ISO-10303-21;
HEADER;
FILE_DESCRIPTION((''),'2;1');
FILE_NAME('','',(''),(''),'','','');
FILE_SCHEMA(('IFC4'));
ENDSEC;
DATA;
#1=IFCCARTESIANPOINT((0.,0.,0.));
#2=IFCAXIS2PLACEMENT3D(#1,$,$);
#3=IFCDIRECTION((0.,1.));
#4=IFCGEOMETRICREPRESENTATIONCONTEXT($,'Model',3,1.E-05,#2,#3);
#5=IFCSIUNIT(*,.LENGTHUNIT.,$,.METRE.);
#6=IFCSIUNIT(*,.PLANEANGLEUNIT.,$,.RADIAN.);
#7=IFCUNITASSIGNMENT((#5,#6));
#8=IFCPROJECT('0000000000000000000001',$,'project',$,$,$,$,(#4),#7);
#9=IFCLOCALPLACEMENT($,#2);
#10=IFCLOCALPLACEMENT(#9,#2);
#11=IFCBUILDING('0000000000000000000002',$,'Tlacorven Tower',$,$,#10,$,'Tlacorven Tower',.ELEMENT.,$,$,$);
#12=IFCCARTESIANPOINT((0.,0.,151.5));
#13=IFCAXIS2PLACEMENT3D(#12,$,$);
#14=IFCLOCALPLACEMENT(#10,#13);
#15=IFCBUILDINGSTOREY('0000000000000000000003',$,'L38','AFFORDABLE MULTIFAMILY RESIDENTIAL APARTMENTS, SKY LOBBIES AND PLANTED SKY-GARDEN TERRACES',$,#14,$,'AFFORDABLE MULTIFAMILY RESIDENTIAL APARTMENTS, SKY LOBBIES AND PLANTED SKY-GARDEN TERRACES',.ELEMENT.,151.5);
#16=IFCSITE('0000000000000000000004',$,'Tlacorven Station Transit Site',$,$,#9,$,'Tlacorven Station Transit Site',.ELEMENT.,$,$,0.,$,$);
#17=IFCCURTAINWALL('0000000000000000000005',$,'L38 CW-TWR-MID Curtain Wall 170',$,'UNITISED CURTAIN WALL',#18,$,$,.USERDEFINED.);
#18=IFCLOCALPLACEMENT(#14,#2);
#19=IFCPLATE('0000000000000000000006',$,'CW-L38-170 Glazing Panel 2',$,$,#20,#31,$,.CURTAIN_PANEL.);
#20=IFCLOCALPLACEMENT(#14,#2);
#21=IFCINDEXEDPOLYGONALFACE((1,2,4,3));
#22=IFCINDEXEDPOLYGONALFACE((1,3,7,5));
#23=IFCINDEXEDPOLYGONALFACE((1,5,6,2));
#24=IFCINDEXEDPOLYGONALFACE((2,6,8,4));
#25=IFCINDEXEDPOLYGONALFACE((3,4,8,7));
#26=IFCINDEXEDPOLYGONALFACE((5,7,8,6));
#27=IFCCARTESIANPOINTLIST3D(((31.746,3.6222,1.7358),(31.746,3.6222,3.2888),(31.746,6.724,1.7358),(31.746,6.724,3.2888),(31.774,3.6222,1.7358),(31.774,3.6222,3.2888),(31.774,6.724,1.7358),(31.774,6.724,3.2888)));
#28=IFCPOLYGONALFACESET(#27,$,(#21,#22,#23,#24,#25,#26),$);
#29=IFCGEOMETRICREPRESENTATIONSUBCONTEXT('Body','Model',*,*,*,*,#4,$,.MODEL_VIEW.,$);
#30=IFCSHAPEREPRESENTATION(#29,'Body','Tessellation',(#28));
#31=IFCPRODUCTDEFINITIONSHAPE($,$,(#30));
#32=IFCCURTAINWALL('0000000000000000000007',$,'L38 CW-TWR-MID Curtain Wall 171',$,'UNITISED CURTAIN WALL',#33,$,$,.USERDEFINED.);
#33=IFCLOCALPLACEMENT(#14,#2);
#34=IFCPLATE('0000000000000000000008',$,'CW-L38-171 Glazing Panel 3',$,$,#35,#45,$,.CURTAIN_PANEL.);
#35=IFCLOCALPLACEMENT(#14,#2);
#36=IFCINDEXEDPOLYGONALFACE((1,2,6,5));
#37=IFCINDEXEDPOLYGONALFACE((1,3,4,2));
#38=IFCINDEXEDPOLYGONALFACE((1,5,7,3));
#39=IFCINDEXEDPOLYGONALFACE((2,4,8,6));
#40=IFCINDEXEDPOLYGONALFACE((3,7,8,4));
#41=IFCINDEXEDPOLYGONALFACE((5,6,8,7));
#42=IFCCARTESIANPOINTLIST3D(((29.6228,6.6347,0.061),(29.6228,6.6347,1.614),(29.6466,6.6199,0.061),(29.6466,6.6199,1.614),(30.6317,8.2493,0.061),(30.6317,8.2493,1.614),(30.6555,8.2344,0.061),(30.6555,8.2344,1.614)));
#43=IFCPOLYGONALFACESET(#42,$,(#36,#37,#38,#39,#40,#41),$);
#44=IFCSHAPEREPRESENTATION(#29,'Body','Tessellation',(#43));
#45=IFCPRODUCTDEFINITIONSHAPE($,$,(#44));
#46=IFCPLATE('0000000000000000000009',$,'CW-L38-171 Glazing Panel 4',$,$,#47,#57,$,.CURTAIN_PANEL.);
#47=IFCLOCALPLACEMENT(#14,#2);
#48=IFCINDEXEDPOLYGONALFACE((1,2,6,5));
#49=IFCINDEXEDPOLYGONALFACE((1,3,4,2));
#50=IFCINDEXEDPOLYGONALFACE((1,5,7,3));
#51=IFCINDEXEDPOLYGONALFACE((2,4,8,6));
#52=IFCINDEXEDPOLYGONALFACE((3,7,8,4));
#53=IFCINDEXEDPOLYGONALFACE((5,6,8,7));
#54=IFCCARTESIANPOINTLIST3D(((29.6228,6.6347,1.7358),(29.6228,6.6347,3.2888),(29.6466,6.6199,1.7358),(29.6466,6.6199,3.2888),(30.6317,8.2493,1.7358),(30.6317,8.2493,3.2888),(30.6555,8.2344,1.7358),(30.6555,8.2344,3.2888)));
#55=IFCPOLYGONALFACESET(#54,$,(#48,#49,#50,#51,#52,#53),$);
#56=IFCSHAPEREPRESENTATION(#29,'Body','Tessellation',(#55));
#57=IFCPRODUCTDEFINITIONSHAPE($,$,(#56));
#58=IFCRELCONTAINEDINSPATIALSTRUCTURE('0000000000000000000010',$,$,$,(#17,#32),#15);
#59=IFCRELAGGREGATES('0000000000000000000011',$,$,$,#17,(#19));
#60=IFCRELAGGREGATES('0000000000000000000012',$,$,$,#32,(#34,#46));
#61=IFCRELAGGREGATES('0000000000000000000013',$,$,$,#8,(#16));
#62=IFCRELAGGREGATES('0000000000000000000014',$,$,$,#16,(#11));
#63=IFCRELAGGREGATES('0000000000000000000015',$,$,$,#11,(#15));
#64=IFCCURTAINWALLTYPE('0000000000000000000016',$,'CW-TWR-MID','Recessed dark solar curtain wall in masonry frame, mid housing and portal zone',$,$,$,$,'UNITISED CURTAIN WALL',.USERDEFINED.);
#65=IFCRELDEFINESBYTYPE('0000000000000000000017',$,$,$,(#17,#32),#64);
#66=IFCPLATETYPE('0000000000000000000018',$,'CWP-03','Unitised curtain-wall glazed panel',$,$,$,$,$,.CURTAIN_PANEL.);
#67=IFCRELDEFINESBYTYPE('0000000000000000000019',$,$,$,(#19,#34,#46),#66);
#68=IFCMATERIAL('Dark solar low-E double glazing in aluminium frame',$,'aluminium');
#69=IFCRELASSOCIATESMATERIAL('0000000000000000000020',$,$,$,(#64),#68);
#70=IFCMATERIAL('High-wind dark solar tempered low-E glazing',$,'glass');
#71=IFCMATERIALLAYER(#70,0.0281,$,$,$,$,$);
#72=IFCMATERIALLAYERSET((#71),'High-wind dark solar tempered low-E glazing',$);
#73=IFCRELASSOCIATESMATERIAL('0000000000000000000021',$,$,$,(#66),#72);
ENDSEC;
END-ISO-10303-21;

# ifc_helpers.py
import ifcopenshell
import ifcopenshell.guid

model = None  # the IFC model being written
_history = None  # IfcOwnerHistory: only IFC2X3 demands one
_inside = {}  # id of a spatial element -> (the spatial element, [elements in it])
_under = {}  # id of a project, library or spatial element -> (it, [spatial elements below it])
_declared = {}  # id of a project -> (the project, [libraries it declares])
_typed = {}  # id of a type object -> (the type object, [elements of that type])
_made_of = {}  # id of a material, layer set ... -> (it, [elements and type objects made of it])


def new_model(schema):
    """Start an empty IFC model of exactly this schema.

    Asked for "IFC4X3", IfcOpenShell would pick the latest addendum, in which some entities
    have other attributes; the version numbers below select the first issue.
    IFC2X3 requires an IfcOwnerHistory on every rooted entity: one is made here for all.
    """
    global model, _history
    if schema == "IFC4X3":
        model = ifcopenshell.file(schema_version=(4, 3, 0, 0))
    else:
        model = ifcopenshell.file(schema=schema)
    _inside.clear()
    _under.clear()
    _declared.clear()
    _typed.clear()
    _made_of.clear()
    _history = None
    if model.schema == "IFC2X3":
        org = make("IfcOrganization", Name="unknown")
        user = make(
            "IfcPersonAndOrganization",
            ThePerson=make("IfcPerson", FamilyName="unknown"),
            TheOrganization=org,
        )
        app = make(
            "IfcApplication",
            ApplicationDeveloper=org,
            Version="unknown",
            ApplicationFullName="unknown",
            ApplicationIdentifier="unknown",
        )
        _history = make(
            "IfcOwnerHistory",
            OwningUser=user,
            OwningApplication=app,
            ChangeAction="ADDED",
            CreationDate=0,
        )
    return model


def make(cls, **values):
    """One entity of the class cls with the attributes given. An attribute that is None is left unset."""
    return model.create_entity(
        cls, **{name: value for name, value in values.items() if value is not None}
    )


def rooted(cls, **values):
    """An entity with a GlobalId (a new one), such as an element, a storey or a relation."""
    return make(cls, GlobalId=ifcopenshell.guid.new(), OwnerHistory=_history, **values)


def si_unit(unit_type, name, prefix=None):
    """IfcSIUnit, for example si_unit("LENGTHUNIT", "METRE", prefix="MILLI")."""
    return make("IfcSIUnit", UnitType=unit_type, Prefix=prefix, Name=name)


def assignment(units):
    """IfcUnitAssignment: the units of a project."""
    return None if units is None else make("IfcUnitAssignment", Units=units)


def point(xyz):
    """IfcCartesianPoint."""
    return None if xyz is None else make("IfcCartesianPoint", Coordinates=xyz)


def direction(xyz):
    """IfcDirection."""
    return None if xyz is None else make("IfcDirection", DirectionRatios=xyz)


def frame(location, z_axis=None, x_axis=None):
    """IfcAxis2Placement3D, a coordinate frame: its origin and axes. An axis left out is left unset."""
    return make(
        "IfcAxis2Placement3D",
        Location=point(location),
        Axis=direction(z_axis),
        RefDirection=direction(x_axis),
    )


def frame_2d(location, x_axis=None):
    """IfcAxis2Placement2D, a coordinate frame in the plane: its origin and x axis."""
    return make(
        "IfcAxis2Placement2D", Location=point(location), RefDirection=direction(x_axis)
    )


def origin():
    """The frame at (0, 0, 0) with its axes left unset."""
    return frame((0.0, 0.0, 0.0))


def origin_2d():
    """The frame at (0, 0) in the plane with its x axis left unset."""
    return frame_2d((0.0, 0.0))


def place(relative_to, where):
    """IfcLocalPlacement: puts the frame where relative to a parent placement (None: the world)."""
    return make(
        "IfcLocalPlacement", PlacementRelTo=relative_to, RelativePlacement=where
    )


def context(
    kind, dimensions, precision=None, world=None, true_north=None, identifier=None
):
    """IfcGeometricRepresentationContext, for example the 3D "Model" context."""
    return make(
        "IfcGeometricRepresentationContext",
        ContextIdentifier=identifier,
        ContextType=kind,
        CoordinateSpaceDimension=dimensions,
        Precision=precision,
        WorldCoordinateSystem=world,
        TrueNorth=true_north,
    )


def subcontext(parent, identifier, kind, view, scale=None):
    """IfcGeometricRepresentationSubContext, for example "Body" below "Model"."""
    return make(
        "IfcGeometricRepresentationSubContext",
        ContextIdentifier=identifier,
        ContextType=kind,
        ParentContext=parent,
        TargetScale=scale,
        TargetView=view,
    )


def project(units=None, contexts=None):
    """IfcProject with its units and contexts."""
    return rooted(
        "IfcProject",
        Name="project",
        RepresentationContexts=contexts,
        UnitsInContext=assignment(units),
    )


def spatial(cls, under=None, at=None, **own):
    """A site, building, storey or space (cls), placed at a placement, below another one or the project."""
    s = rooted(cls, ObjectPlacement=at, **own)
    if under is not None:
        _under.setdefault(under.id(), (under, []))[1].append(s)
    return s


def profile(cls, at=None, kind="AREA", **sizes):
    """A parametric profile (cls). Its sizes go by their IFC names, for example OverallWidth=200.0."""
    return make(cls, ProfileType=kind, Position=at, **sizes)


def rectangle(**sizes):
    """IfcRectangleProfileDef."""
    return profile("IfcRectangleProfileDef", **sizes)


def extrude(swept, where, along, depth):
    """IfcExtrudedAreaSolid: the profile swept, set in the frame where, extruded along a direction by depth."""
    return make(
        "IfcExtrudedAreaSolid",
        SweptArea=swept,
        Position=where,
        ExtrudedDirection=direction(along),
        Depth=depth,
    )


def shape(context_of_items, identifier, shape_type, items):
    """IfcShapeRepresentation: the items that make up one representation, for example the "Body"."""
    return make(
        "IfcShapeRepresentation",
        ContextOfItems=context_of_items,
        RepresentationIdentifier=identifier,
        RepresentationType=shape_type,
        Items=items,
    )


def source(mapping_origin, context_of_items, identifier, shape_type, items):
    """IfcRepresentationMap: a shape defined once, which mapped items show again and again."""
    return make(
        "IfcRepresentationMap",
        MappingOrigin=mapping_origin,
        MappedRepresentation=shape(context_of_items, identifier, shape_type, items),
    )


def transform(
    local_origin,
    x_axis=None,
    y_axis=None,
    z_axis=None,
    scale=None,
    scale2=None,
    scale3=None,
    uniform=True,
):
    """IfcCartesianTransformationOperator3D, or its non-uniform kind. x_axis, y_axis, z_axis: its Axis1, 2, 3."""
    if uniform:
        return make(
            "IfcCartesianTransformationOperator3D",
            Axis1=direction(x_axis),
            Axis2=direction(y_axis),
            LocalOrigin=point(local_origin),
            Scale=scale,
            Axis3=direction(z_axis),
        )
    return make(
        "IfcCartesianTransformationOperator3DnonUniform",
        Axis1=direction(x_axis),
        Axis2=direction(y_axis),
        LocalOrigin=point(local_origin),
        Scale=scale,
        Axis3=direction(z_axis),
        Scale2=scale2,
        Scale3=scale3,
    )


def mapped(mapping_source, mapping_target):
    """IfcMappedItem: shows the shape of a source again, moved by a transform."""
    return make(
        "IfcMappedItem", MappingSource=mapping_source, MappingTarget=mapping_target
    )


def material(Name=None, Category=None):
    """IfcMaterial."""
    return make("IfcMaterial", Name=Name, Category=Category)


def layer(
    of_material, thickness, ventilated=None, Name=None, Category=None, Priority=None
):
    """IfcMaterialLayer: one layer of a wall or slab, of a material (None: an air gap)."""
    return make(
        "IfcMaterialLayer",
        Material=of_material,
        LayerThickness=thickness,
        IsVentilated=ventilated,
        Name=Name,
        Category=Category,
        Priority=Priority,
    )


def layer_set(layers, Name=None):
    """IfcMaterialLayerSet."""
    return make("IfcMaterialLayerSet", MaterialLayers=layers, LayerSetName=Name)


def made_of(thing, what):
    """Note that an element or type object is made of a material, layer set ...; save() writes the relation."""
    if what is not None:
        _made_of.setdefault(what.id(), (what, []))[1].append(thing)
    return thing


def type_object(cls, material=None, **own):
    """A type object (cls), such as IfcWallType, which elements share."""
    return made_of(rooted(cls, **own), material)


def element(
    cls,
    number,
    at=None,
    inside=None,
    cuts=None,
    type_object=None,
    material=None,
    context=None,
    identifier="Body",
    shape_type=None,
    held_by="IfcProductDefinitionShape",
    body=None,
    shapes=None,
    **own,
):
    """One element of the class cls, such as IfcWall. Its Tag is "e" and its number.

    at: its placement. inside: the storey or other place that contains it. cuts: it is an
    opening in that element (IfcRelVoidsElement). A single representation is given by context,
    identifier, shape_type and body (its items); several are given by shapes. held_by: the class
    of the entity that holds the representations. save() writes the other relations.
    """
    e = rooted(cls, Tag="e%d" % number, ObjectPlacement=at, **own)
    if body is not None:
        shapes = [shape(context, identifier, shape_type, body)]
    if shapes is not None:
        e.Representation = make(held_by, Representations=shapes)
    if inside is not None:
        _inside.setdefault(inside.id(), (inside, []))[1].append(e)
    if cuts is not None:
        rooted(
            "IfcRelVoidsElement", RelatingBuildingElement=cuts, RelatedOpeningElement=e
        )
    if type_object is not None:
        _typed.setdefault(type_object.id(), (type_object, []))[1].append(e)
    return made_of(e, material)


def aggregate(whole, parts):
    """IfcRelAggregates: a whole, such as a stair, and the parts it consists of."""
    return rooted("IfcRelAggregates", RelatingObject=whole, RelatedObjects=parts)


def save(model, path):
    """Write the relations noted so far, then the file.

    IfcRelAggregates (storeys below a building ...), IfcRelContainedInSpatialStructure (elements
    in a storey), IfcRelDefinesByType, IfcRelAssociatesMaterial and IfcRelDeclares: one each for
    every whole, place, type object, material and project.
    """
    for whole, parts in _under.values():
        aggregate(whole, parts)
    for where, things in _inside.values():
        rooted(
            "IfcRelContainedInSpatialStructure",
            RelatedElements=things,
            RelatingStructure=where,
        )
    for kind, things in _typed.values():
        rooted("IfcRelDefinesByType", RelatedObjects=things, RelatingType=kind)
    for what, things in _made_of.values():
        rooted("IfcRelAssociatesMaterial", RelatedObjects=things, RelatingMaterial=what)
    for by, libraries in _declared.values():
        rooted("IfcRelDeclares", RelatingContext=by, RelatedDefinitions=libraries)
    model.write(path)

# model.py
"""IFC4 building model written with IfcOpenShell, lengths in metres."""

from ifc_helpers import new_model, si_unit, direction, frame, origin, origin_2d, place, context, subcontext, project, spatial, rectangle, extrude, source, transform, mapped, material, layer, layer_set, type_object, element, aggregate, save


model = new_model("IFC4")

# Units and contexts
model_context = context("Model", 3, precision=1e-05, world=origin(), true_north=direction((0.0, 1.0)))
body_context = subcontext(model_context, "Body", "Model", "MODEL_VIEW")
ifc_project = project(units=[si_unit("LENGTHUNIT", "METRE"), si_unit("PLANEANGLEUNIT", "RADIAN")], contexts=[model_context])

# Site, building, storey
site_placement = place(None, origin())
site = spatial("IfcSite", under=ifc_project, at=site_placement, Name="Tlacorven Station Transit Site", LongName="Tlacorven Station Transit Site", CompositionType="ELEMENT", RefElevation=0.0)
building_placement = place(site_placement, origin())
building = spatial("IfcBuilding", under=site, at=building_placement, Name="Tlacorven Tower", LongName="Tlacorven Tower", CompositionType="ELEMENT")
storey_placement = place(building_placement, frame((0.0, 0.0, 151.5)))
storey = spatial("IfcBuildingStorey", under=building, at=storey_placement, Name="L38", Description="AFFORDABLE MULTIFAMILY RESIDENTIAL APARTMENTS, SKY LOBBIES AND PLANTED SKY-GARDEN TERRACES", LongName="AFFORDABLE MULTIFAMILY RESIDENTIAL APARTMENTS, SKY LOBBIES AND PLANTED SKY-GARDEN TERRACES", CompositionType="ELEMENT", Elevation=151.5)

# Curtain wall
ifc_material_1 = material(Name="Dark solar low-E double glazing in aluminium frame", Category="aluminium")
curtain_wall_type = type_object("IfcCurtainWallType", Name="CW-TWR-MID", Description="Recessed dark solar curtain wall in masonry frame, mid housing and portal zone", ElementType="UNITISED CURTAIN WALL", PredefinedType="USERDEFINED", material=ifc_material_1)
curtain_wall_1_placement = place(storey_placement, origin())
curtain_wall_1 = element("IfcCurtainWall", 1, at=curtain_wall_1_placement, inside=storey, type_object=curtain_wall_type, Name="L38 CW-TWR-MID Curtain Wall 170", ObjectType="UNITISED CURTAIN WALL", PredefinedType="USERDEFINED")

# Plate
ifc_material_2 = material(Name="High-wind dark solar tempered low-E glazing", Category="glass")
ifc_layer = layer(ifc_material_2, 0.0281)
ifc_layer_set = layer_set([ifc_layer], Name="High-wind dark solar tempered low-E glazing")
plate_type = type_object("IfcPlateType", Name="CWP-03", Description="Unitised curtain-wall glazed panel", PredefinedType="CURTAIN_PANEL", material=ifc_layer_set)
shared_shape_1 = source(origin(), body_context, "Body", "SweptSolid", [
    extrude(rectangle(XDim=3.1018, YDim=0.0281, at=origin_2d()), origin(), (0.0, 0.0, 1.0), 1.553),
])
plate_1_placement = place(storey_placement, frame((31.76, 5.1731, 1.7358), z_axis=(0.0, 0.0, 1.0), x_axis=(0.0, 1.0, 0.0)))
plate_1 = element("IfcPlate", 2, at=plate_1_placement, type_object=plate_type, Name="CW-L38-170 Glazing Panel 2", PredefinedType="CURTAIN_PANEL", context=body_context, shape_type="MappedRepresentation", body=[
    mapped(shared_shape_1, transform((0.0, 0.0, 0.0), scale=1.0)),
])
aggregate(curtain_wall_1, [plate_1])

# Curtain wall, plates
curtain_wall_2_placement = place(storey_placement, origin())
curtain_wall_2 = element("IfcCurtainWall", 3, at=curtain_wall_2_placement, inside=storey, type_object=curtain_wall_type, Name="L38 CW-TWR-MID Curtain Wall 171", ObjectType="UNITISED CURTAIN WALL", PredefinedType="USERDEFINED")
shared_shape_2 = source(origin(), body_context, "Body", "SweptSolid", [
    extrude(rectangle(XDim=1.9038, YDim=0.0281, at=origin_2d()), origin(), (0.0, 0.0, 1.0), 1.553),
])
plate_2_placement = place(storey_placement, frame((30.1392, 7.4346, 0.061), z_axis=(0.0, 0.0, 1.0), x_axis=(-0.529919, -0.848048, 0.0)))
plate_2 = element("IfcPlate", 4, at=plate_2_placement, type_object=plate_type, Name="CW-L38-171 Glazing Panel 3", PredefinedType="CURTAIN_PANEL", context=body_context, shape_type="MappedRepresentation", body=[
    mapped(shared_shape_2, transform((0.0, 0.0, 0.0), scale=1.0)),
])
plate_3_placement = place(storey_placement, frame((30.1392, 7.4346, 1.7358), z_axis=(0.0, 0.0, 1.0), x_axis=(-0.529919, -0.848048, 0.0)))
plate_3 = element("IfcPlate", 5, at=plate_3_placement, type_object=plate_type, Name="CW-L38-171 Glazing Panel 4", PredefinedType="CURTAIN_PANEL", context=body_context, shape_type="MappedRepresentation", body=[
    mapped(shared_shape_2, transform((0.0, 0.0, 0.0), scale=1.0)),
])
aggregate(curtain_wall_2, [plate_2, plate_3])

save(model, "model.ifc")
